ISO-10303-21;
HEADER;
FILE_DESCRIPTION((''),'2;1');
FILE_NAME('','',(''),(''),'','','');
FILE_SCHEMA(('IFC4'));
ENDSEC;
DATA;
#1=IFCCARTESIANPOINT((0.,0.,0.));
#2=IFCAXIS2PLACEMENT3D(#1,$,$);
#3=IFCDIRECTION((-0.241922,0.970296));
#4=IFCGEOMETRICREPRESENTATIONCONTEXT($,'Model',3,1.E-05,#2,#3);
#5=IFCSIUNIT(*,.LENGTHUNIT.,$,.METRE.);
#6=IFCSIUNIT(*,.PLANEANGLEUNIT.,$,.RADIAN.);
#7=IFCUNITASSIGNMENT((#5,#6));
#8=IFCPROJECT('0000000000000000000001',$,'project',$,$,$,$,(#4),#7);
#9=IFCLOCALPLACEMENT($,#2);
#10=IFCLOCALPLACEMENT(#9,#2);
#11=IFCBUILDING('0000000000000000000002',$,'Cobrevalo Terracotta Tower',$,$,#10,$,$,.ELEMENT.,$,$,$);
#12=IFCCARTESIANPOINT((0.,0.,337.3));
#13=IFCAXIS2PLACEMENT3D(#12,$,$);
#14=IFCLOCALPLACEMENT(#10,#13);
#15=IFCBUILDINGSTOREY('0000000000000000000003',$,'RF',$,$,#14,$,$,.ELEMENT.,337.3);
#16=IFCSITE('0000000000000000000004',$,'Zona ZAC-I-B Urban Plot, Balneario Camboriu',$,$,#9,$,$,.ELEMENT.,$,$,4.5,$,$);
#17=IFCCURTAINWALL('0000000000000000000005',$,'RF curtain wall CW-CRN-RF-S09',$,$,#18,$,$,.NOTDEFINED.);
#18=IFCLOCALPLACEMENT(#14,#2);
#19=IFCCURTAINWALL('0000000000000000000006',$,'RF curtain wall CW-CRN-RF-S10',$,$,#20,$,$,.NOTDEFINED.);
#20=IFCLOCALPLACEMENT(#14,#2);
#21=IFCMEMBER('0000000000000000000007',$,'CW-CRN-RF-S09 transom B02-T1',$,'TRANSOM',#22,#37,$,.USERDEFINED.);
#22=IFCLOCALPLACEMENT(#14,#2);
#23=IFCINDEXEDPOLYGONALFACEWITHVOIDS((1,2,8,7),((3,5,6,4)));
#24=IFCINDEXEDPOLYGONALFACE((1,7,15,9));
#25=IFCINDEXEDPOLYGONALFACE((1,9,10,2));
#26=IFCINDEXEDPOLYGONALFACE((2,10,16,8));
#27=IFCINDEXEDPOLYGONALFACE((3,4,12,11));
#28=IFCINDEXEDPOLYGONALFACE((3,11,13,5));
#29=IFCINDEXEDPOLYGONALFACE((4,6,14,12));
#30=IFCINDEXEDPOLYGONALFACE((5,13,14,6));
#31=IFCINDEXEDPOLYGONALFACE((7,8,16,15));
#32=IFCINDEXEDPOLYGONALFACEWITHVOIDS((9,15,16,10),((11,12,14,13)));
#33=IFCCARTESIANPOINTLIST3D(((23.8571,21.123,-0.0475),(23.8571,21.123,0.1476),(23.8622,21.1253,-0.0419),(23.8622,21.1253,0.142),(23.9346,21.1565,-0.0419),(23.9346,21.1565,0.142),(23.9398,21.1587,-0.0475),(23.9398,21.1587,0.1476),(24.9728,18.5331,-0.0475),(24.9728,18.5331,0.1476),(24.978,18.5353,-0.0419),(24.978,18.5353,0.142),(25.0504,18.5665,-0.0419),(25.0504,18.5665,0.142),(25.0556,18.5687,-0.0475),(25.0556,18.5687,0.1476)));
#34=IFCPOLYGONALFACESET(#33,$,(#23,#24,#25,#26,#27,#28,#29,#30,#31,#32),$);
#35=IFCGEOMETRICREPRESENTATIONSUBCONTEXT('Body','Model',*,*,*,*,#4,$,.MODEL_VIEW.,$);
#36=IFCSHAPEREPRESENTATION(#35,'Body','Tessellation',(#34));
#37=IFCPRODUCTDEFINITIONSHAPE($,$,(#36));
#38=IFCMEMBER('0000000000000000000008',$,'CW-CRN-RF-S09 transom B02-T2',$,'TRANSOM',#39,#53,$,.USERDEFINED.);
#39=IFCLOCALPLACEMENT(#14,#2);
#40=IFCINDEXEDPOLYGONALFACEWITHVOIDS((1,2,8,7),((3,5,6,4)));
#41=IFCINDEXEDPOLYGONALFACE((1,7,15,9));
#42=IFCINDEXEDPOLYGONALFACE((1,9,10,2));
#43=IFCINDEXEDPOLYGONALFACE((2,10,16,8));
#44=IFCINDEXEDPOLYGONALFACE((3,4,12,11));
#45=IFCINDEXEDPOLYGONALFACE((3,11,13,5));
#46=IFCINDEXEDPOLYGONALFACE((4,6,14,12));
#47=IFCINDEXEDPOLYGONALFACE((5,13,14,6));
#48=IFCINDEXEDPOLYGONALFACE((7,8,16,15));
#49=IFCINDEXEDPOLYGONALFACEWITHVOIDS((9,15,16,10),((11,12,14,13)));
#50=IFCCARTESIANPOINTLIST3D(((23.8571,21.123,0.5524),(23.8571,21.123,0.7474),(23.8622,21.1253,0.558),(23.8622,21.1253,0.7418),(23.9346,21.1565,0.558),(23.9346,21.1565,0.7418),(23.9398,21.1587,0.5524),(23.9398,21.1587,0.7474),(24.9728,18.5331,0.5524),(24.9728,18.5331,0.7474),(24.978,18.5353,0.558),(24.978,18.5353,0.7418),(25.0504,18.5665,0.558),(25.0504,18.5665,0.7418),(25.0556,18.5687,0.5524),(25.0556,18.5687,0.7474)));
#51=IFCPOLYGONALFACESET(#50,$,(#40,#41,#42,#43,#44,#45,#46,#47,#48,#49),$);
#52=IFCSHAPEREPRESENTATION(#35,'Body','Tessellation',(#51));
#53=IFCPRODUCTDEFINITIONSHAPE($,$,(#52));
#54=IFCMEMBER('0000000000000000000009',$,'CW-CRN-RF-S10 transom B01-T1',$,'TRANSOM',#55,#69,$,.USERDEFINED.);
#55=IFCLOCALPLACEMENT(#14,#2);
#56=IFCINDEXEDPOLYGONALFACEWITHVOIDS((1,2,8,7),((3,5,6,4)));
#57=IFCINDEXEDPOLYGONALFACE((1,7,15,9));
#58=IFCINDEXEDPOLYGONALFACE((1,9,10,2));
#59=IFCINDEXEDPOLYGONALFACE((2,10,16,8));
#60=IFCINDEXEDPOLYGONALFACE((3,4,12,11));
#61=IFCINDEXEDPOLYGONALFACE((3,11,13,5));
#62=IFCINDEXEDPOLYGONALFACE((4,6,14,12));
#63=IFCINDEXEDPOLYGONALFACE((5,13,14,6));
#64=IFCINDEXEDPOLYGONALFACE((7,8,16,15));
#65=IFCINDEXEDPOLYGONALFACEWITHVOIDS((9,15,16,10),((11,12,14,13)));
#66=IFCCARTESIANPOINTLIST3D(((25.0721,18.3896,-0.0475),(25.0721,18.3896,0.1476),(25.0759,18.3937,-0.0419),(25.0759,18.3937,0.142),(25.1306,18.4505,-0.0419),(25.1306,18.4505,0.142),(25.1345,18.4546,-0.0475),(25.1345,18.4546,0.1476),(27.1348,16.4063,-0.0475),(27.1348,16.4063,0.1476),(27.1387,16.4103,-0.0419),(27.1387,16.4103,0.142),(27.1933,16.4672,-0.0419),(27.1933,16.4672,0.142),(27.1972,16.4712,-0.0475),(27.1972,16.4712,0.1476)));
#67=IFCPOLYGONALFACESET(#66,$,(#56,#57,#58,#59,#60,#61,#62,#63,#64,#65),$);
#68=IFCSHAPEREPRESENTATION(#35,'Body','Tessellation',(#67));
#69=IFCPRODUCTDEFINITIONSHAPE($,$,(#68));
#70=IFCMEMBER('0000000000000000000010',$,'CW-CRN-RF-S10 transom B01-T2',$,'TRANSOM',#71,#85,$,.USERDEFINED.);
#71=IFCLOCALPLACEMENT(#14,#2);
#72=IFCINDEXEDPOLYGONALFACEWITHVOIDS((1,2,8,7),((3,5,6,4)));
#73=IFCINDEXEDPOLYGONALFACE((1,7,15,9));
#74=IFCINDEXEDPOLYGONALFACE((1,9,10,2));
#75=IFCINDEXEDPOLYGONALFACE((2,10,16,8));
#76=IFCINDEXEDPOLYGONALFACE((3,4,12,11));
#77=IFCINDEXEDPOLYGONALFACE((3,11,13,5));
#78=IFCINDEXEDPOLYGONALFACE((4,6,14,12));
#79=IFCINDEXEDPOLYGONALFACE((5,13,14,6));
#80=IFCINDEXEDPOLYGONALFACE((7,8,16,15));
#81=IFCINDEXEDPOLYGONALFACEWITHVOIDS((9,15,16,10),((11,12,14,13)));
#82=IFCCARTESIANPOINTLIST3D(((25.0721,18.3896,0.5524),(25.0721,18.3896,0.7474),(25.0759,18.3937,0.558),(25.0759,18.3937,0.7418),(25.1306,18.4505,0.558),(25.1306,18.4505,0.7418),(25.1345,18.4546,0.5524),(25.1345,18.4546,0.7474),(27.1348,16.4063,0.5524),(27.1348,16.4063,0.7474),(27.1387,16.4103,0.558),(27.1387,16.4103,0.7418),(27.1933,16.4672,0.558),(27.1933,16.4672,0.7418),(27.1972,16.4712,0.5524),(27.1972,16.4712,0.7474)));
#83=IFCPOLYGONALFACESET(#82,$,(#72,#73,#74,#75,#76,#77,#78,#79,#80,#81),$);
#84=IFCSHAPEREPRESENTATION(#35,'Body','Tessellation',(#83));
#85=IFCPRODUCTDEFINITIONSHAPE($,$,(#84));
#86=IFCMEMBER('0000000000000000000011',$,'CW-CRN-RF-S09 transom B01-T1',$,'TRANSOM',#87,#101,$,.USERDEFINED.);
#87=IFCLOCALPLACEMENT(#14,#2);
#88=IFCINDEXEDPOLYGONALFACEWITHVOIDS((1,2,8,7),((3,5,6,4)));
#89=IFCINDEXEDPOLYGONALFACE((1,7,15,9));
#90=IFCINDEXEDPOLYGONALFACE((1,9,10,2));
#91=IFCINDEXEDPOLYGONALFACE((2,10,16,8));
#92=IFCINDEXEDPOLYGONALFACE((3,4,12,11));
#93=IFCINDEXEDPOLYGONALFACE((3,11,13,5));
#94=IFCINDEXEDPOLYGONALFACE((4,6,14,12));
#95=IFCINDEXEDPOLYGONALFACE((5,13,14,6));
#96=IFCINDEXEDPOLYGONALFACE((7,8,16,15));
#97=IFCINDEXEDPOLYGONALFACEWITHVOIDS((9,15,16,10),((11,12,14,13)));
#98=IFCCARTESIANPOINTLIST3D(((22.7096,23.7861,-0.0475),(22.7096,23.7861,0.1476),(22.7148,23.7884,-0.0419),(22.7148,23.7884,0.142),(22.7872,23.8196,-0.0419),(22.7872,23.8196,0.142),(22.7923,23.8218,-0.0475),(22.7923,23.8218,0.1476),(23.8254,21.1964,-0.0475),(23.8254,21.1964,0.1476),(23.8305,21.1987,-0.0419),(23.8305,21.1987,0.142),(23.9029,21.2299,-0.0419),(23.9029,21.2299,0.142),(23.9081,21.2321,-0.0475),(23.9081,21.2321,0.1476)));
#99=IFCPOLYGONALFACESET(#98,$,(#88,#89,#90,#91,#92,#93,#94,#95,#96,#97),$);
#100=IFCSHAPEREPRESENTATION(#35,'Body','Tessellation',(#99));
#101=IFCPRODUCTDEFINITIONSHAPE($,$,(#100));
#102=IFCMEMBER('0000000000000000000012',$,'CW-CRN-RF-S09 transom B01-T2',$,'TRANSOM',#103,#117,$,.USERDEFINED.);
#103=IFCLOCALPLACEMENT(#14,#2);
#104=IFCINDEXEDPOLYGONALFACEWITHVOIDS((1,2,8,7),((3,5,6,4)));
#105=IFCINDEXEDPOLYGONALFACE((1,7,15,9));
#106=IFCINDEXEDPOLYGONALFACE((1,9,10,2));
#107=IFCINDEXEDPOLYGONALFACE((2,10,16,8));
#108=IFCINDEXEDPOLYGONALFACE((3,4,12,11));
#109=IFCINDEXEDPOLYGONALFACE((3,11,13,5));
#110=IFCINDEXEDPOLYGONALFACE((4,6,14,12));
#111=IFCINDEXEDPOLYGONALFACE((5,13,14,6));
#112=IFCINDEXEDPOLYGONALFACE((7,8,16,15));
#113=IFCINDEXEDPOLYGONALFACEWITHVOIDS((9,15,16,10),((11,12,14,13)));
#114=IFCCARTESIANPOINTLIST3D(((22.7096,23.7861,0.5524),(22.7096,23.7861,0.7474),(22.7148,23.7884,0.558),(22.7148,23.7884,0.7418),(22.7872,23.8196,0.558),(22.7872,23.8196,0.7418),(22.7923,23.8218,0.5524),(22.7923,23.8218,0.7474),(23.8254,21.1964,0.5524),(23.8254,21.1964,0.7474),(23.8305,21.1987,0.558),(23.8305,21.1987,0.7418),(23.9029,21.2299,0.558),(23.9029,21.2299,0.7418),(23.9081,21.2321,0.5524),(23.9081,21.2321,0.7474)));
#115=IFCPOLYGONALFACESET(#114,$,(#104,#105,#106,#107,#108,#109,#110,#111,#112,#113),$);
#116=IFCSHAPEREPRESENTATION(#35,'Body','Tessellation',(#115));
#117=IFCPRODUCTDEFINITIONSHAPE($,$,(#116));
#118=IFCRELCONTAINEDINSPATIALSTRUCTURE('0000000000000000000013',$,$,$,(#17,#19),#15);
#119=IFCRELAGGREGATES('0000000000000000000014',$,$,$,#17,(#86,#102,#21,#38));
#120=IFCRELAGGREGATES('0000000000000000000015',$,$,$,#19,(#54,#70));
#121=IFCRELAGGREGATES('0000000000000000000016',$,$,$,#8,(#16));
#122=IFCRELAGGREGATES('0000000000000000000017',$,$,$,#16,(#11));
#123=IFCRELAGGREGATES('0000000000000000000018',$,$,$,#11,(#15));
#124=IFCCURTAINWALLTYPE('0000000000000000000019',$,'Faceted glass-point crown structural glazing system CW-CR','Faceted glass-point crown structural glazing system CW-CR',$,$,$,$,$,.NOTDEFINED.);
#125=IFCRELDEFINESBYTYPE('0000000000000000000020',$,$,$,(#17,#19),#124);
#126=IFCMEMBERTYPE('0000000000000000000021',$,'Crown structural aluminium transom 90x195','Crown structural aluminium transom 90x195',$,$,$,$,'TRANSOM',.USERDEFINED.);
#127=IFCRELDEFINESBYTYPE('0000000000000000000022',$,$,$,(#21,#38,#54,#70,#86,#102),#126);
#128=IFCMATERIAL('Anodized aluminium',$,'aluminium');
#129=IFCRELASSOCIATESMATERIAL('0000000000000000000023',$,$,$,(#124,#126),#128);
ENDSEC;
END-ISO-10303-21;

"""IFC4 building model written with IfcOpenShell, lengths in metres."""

from ifc_helpers import new_model, si_unit, direction, frame, origin, origin_2d, place, context, subcontext, project, spatial, hollow_rectangle, extrude, source, transform, mapped, material, material_profile, profile_set, type_object, element, aggregate, save


model = new_model("IFC4")

# Units and contexts
model_context = context("Model", 3, precision=1e-05, world=origin(), true_north=direction((-0.241922, 0.970296)))
body_context = subcontext(model_context, "Body", "Model", "MODEL_VIEW")
ifc_project = project(units=[si_unit("LENGTHUNIT", "METRE"), si_unit("PLANEANGLEUNIT", "RADIAN")], contexts=[model_context])

# Site, building, storey
site_placement = place(None, origin())
site = spatial("IfcSite", under=ifc_project, at=site_placement, Name="Zona ZAC-I-B Urban Plot, Balneario Camboriu", CompositionType="ELEMENT", RefElevation=4.5)
building_placement = place(site_placement, origin())
building = spatial("IfcBuilding", under=site, at=building_placement, Name="Cobrevalo Terracotta Tower", CompositionType="ELEMENT")
storey_placement = place(building_placement, frame((0.0, 0.0, 337.3)))
storey = spatial("IfcBuildingStorey", under=building, at=storey_placement, Name="RF", CompositionType="ELEMENT", Elevation=337.3)

# Shared definitions
ifc_material_1 = material(Name="Anodized aluminium", Category="aluminium")
curtain_wall_type = type_object("IfcCurtainWallType", Name="Faceted glass-point crown structural glazing system CW-CR", Description="Faceted glass-point crown structural glazing system CW-CR", PredefinedType="NOTDEFINED", material=ifc_material_1)

# Curtain walls
curtain_wall_1_placement = place(storey_placement, origin())
curtain_wall_1 = element("IfcCurtainWall", 1, at=curtain_wall_1_placement, inside=storey, type_object=curtain_wall_type, Name="RF curtain wall CW-CRN-RF-S09", PredefinedType="NOTDEFINED")
curtain_wall_2_placement = place(storey_placement, origin())
curtain_wall_2 = element("IfcCurtainWall", 2, at=curtain_wall_2_placement, inside=storey, type_object=curtain_wall_type, Name="RF curtain wall CW-CRN-RF-S10", PredefinedType="NOTDEFINED")

# Members
ifc_material_profile_1 = material_profile(ifc_material_1, hollow_rectangle(XDim=0.0901, YDim=0.1951, WallThickness=0.0056, at=origin_2d()), Name="CWT 90x195")
ifc_profile_set_1 = profile_set([ifc_material_profile_1], Name="Anodized aluminium")
member_type_1 = type_object("IfcMemberType", Name="Crown structural aluminium transom 90x195", Description="Crown structural aluminium transom 90x195", ElementType="TRANSOM", PredefinedType="USERDEFINED", material=ifc_profile_set_1)
shared_shape_1 = source(origin(), body_context, "Body", "SweptSolid", [
    extrude(hollow_rectangle(XDim=0.0901, YDim=0.1951, WallThickness=0.0056, at=origin_2d()), origin(), (0.0, 0.0, 1.0), 2.8201),
])
member_1_placement = place(storey_placement, frame((23.8984, 21.1409, 0.05), z_axis=(0.395653, -0.9184, 0.0), x_axis=(0.9184, 0.395653, 0.0)))
member_1 = element("IfcMember", 3, at=member_1_placement, type_object=member_type_1, Name="CW-CRN-RF-S09 transom B02-T1", ObjectType="TRANSOM", PredefinedType="USERDEFINED", context=body_context, shape_type="MappedRepresentation", body=[
    mapped(shared_shape_1, transform((0.0, 0.0, 0.0), scale=1.0)),
])
member_2_placement = place(storey_placement, frame((23.8984, 21.1409, 0.6499), z_axis=(0.395653, -0.9184, 0.0), x_axis=(0.9184, 0.395653, 0.0)))
member_2 = element("IfcMember", 4, at=member_2_placement, type_object=member_type_1, Name="CW-CRN-RF-S09 transom B02-T2", ObjectType="TRANSOM", PredefinedType="USERDEFINED", context=body_context, shape_type="MappedRepresentation", body=[
    mapped(shared_shape_1, transform((0.0, 0.0, 0.0), scale=1.0)),
])
shared_shape_2 = source(origin(), body_context, "Body", "SweptSolid", [
    extrude(hollow_rectangle(XDim=0.0901, YDim=0.1951, WallThickness=0.0056, at=origin_2d()), origin(), (0.0, 0.0, 1.0), 2.8616),
])
member_3_placement = place(storey_placement, frame((25.1033, 18.4221, 0.05), z_axis=(0.720835, -0.693107, 0.0), x_axis=(0.693107, 0.720835, 0.0)))
member_3 = element("IfcMember", 5, at=member_3_placement, type_object=member_type_1, Name="CW-CRN-RF-S10 transom B01-T1", ObjectType="TRANSOM", PredefinedType="USERDEFINED", context=body_context, shape_type="MappedRepresentation", body=[
    mapped(shared_shape_2, transform((0.0, 0.0, 0.0), scale=1.0)),
])
member_4_placement = place(storey_placement, frame((25.1033, 18.4221, 0.6499), z_axis=(0.720835, -0.693107, 0.0), x_axis=(0.693107, 0.720835, 0.0)))
member_4 = element("IfcMember", 6, at=member_4_placement, type_object=member_type_1, Name="CW-CRN-RF-S10 transom B01-T2", ObjectType="TRANSOM", PredefinedType="USERDEFINED", context=body_context, shape_type="MappedRepresentation", body=[
    mapped(shared_shape_2, transform((0.0, 0.0, 0.0), scale=1.0)),
])
shared_shape_3 = source(origin(), body_context, "Body", "SweptSolid", [
    extrude(hollow_rectangle(XDim=0.0901, YDim=0.1951, WallThickness=0.0056, at=origin_2d()), origin(), (0.0, 0.0, 1.0), 2.8198),
])
member_5_placement = place(storey_placement, frame((22.751, 23.804, 0.05), z_axis=(0.395685, -0.918386, 0.0), x_axis=(0.918386, 0.395685, 0.0)))
member_5 = element("IfcMember", 7, at=member_5_placement, type_object=member_type_1, Name="CW-CRN-RF-S09 transom B01-T1", ObjectType="TRANSOM", PredefinedType="USERDEFINED", context=body_context, shape_type="MappedRepresentation", body=[
    mapped(shared_shape_3, transform((0.0, 0.0, 0.0), scale=1.0)),
])
member_6_placement = place(storey_placement, frame((22.751, 23.804, 0.6499), z_axis=(0.395685, -0.918386, 0.0), x_axis=(0.918386, 0.395685, 0.0)))
member_6 = element("IfcMember", 8, at=member_6_placement, type_object=member_type_1, Name="CW-CRN-RF-S09 transom B01-T2", ObjectType="TRANSOM", PredefinedType="USERDEFINED", context=body_context, shape_type="MappedRepresentation", body=[
    mapped(shared_shape_3, transform((0.0, 0.0, 0.0), scale=1.0)),
])

aggregate(curtain_wall_1, [member_5, member_6, member_1, member_2])
aggregate(curtain_wall_2, [member_3, member_4])

save(model, "model.ifc")
